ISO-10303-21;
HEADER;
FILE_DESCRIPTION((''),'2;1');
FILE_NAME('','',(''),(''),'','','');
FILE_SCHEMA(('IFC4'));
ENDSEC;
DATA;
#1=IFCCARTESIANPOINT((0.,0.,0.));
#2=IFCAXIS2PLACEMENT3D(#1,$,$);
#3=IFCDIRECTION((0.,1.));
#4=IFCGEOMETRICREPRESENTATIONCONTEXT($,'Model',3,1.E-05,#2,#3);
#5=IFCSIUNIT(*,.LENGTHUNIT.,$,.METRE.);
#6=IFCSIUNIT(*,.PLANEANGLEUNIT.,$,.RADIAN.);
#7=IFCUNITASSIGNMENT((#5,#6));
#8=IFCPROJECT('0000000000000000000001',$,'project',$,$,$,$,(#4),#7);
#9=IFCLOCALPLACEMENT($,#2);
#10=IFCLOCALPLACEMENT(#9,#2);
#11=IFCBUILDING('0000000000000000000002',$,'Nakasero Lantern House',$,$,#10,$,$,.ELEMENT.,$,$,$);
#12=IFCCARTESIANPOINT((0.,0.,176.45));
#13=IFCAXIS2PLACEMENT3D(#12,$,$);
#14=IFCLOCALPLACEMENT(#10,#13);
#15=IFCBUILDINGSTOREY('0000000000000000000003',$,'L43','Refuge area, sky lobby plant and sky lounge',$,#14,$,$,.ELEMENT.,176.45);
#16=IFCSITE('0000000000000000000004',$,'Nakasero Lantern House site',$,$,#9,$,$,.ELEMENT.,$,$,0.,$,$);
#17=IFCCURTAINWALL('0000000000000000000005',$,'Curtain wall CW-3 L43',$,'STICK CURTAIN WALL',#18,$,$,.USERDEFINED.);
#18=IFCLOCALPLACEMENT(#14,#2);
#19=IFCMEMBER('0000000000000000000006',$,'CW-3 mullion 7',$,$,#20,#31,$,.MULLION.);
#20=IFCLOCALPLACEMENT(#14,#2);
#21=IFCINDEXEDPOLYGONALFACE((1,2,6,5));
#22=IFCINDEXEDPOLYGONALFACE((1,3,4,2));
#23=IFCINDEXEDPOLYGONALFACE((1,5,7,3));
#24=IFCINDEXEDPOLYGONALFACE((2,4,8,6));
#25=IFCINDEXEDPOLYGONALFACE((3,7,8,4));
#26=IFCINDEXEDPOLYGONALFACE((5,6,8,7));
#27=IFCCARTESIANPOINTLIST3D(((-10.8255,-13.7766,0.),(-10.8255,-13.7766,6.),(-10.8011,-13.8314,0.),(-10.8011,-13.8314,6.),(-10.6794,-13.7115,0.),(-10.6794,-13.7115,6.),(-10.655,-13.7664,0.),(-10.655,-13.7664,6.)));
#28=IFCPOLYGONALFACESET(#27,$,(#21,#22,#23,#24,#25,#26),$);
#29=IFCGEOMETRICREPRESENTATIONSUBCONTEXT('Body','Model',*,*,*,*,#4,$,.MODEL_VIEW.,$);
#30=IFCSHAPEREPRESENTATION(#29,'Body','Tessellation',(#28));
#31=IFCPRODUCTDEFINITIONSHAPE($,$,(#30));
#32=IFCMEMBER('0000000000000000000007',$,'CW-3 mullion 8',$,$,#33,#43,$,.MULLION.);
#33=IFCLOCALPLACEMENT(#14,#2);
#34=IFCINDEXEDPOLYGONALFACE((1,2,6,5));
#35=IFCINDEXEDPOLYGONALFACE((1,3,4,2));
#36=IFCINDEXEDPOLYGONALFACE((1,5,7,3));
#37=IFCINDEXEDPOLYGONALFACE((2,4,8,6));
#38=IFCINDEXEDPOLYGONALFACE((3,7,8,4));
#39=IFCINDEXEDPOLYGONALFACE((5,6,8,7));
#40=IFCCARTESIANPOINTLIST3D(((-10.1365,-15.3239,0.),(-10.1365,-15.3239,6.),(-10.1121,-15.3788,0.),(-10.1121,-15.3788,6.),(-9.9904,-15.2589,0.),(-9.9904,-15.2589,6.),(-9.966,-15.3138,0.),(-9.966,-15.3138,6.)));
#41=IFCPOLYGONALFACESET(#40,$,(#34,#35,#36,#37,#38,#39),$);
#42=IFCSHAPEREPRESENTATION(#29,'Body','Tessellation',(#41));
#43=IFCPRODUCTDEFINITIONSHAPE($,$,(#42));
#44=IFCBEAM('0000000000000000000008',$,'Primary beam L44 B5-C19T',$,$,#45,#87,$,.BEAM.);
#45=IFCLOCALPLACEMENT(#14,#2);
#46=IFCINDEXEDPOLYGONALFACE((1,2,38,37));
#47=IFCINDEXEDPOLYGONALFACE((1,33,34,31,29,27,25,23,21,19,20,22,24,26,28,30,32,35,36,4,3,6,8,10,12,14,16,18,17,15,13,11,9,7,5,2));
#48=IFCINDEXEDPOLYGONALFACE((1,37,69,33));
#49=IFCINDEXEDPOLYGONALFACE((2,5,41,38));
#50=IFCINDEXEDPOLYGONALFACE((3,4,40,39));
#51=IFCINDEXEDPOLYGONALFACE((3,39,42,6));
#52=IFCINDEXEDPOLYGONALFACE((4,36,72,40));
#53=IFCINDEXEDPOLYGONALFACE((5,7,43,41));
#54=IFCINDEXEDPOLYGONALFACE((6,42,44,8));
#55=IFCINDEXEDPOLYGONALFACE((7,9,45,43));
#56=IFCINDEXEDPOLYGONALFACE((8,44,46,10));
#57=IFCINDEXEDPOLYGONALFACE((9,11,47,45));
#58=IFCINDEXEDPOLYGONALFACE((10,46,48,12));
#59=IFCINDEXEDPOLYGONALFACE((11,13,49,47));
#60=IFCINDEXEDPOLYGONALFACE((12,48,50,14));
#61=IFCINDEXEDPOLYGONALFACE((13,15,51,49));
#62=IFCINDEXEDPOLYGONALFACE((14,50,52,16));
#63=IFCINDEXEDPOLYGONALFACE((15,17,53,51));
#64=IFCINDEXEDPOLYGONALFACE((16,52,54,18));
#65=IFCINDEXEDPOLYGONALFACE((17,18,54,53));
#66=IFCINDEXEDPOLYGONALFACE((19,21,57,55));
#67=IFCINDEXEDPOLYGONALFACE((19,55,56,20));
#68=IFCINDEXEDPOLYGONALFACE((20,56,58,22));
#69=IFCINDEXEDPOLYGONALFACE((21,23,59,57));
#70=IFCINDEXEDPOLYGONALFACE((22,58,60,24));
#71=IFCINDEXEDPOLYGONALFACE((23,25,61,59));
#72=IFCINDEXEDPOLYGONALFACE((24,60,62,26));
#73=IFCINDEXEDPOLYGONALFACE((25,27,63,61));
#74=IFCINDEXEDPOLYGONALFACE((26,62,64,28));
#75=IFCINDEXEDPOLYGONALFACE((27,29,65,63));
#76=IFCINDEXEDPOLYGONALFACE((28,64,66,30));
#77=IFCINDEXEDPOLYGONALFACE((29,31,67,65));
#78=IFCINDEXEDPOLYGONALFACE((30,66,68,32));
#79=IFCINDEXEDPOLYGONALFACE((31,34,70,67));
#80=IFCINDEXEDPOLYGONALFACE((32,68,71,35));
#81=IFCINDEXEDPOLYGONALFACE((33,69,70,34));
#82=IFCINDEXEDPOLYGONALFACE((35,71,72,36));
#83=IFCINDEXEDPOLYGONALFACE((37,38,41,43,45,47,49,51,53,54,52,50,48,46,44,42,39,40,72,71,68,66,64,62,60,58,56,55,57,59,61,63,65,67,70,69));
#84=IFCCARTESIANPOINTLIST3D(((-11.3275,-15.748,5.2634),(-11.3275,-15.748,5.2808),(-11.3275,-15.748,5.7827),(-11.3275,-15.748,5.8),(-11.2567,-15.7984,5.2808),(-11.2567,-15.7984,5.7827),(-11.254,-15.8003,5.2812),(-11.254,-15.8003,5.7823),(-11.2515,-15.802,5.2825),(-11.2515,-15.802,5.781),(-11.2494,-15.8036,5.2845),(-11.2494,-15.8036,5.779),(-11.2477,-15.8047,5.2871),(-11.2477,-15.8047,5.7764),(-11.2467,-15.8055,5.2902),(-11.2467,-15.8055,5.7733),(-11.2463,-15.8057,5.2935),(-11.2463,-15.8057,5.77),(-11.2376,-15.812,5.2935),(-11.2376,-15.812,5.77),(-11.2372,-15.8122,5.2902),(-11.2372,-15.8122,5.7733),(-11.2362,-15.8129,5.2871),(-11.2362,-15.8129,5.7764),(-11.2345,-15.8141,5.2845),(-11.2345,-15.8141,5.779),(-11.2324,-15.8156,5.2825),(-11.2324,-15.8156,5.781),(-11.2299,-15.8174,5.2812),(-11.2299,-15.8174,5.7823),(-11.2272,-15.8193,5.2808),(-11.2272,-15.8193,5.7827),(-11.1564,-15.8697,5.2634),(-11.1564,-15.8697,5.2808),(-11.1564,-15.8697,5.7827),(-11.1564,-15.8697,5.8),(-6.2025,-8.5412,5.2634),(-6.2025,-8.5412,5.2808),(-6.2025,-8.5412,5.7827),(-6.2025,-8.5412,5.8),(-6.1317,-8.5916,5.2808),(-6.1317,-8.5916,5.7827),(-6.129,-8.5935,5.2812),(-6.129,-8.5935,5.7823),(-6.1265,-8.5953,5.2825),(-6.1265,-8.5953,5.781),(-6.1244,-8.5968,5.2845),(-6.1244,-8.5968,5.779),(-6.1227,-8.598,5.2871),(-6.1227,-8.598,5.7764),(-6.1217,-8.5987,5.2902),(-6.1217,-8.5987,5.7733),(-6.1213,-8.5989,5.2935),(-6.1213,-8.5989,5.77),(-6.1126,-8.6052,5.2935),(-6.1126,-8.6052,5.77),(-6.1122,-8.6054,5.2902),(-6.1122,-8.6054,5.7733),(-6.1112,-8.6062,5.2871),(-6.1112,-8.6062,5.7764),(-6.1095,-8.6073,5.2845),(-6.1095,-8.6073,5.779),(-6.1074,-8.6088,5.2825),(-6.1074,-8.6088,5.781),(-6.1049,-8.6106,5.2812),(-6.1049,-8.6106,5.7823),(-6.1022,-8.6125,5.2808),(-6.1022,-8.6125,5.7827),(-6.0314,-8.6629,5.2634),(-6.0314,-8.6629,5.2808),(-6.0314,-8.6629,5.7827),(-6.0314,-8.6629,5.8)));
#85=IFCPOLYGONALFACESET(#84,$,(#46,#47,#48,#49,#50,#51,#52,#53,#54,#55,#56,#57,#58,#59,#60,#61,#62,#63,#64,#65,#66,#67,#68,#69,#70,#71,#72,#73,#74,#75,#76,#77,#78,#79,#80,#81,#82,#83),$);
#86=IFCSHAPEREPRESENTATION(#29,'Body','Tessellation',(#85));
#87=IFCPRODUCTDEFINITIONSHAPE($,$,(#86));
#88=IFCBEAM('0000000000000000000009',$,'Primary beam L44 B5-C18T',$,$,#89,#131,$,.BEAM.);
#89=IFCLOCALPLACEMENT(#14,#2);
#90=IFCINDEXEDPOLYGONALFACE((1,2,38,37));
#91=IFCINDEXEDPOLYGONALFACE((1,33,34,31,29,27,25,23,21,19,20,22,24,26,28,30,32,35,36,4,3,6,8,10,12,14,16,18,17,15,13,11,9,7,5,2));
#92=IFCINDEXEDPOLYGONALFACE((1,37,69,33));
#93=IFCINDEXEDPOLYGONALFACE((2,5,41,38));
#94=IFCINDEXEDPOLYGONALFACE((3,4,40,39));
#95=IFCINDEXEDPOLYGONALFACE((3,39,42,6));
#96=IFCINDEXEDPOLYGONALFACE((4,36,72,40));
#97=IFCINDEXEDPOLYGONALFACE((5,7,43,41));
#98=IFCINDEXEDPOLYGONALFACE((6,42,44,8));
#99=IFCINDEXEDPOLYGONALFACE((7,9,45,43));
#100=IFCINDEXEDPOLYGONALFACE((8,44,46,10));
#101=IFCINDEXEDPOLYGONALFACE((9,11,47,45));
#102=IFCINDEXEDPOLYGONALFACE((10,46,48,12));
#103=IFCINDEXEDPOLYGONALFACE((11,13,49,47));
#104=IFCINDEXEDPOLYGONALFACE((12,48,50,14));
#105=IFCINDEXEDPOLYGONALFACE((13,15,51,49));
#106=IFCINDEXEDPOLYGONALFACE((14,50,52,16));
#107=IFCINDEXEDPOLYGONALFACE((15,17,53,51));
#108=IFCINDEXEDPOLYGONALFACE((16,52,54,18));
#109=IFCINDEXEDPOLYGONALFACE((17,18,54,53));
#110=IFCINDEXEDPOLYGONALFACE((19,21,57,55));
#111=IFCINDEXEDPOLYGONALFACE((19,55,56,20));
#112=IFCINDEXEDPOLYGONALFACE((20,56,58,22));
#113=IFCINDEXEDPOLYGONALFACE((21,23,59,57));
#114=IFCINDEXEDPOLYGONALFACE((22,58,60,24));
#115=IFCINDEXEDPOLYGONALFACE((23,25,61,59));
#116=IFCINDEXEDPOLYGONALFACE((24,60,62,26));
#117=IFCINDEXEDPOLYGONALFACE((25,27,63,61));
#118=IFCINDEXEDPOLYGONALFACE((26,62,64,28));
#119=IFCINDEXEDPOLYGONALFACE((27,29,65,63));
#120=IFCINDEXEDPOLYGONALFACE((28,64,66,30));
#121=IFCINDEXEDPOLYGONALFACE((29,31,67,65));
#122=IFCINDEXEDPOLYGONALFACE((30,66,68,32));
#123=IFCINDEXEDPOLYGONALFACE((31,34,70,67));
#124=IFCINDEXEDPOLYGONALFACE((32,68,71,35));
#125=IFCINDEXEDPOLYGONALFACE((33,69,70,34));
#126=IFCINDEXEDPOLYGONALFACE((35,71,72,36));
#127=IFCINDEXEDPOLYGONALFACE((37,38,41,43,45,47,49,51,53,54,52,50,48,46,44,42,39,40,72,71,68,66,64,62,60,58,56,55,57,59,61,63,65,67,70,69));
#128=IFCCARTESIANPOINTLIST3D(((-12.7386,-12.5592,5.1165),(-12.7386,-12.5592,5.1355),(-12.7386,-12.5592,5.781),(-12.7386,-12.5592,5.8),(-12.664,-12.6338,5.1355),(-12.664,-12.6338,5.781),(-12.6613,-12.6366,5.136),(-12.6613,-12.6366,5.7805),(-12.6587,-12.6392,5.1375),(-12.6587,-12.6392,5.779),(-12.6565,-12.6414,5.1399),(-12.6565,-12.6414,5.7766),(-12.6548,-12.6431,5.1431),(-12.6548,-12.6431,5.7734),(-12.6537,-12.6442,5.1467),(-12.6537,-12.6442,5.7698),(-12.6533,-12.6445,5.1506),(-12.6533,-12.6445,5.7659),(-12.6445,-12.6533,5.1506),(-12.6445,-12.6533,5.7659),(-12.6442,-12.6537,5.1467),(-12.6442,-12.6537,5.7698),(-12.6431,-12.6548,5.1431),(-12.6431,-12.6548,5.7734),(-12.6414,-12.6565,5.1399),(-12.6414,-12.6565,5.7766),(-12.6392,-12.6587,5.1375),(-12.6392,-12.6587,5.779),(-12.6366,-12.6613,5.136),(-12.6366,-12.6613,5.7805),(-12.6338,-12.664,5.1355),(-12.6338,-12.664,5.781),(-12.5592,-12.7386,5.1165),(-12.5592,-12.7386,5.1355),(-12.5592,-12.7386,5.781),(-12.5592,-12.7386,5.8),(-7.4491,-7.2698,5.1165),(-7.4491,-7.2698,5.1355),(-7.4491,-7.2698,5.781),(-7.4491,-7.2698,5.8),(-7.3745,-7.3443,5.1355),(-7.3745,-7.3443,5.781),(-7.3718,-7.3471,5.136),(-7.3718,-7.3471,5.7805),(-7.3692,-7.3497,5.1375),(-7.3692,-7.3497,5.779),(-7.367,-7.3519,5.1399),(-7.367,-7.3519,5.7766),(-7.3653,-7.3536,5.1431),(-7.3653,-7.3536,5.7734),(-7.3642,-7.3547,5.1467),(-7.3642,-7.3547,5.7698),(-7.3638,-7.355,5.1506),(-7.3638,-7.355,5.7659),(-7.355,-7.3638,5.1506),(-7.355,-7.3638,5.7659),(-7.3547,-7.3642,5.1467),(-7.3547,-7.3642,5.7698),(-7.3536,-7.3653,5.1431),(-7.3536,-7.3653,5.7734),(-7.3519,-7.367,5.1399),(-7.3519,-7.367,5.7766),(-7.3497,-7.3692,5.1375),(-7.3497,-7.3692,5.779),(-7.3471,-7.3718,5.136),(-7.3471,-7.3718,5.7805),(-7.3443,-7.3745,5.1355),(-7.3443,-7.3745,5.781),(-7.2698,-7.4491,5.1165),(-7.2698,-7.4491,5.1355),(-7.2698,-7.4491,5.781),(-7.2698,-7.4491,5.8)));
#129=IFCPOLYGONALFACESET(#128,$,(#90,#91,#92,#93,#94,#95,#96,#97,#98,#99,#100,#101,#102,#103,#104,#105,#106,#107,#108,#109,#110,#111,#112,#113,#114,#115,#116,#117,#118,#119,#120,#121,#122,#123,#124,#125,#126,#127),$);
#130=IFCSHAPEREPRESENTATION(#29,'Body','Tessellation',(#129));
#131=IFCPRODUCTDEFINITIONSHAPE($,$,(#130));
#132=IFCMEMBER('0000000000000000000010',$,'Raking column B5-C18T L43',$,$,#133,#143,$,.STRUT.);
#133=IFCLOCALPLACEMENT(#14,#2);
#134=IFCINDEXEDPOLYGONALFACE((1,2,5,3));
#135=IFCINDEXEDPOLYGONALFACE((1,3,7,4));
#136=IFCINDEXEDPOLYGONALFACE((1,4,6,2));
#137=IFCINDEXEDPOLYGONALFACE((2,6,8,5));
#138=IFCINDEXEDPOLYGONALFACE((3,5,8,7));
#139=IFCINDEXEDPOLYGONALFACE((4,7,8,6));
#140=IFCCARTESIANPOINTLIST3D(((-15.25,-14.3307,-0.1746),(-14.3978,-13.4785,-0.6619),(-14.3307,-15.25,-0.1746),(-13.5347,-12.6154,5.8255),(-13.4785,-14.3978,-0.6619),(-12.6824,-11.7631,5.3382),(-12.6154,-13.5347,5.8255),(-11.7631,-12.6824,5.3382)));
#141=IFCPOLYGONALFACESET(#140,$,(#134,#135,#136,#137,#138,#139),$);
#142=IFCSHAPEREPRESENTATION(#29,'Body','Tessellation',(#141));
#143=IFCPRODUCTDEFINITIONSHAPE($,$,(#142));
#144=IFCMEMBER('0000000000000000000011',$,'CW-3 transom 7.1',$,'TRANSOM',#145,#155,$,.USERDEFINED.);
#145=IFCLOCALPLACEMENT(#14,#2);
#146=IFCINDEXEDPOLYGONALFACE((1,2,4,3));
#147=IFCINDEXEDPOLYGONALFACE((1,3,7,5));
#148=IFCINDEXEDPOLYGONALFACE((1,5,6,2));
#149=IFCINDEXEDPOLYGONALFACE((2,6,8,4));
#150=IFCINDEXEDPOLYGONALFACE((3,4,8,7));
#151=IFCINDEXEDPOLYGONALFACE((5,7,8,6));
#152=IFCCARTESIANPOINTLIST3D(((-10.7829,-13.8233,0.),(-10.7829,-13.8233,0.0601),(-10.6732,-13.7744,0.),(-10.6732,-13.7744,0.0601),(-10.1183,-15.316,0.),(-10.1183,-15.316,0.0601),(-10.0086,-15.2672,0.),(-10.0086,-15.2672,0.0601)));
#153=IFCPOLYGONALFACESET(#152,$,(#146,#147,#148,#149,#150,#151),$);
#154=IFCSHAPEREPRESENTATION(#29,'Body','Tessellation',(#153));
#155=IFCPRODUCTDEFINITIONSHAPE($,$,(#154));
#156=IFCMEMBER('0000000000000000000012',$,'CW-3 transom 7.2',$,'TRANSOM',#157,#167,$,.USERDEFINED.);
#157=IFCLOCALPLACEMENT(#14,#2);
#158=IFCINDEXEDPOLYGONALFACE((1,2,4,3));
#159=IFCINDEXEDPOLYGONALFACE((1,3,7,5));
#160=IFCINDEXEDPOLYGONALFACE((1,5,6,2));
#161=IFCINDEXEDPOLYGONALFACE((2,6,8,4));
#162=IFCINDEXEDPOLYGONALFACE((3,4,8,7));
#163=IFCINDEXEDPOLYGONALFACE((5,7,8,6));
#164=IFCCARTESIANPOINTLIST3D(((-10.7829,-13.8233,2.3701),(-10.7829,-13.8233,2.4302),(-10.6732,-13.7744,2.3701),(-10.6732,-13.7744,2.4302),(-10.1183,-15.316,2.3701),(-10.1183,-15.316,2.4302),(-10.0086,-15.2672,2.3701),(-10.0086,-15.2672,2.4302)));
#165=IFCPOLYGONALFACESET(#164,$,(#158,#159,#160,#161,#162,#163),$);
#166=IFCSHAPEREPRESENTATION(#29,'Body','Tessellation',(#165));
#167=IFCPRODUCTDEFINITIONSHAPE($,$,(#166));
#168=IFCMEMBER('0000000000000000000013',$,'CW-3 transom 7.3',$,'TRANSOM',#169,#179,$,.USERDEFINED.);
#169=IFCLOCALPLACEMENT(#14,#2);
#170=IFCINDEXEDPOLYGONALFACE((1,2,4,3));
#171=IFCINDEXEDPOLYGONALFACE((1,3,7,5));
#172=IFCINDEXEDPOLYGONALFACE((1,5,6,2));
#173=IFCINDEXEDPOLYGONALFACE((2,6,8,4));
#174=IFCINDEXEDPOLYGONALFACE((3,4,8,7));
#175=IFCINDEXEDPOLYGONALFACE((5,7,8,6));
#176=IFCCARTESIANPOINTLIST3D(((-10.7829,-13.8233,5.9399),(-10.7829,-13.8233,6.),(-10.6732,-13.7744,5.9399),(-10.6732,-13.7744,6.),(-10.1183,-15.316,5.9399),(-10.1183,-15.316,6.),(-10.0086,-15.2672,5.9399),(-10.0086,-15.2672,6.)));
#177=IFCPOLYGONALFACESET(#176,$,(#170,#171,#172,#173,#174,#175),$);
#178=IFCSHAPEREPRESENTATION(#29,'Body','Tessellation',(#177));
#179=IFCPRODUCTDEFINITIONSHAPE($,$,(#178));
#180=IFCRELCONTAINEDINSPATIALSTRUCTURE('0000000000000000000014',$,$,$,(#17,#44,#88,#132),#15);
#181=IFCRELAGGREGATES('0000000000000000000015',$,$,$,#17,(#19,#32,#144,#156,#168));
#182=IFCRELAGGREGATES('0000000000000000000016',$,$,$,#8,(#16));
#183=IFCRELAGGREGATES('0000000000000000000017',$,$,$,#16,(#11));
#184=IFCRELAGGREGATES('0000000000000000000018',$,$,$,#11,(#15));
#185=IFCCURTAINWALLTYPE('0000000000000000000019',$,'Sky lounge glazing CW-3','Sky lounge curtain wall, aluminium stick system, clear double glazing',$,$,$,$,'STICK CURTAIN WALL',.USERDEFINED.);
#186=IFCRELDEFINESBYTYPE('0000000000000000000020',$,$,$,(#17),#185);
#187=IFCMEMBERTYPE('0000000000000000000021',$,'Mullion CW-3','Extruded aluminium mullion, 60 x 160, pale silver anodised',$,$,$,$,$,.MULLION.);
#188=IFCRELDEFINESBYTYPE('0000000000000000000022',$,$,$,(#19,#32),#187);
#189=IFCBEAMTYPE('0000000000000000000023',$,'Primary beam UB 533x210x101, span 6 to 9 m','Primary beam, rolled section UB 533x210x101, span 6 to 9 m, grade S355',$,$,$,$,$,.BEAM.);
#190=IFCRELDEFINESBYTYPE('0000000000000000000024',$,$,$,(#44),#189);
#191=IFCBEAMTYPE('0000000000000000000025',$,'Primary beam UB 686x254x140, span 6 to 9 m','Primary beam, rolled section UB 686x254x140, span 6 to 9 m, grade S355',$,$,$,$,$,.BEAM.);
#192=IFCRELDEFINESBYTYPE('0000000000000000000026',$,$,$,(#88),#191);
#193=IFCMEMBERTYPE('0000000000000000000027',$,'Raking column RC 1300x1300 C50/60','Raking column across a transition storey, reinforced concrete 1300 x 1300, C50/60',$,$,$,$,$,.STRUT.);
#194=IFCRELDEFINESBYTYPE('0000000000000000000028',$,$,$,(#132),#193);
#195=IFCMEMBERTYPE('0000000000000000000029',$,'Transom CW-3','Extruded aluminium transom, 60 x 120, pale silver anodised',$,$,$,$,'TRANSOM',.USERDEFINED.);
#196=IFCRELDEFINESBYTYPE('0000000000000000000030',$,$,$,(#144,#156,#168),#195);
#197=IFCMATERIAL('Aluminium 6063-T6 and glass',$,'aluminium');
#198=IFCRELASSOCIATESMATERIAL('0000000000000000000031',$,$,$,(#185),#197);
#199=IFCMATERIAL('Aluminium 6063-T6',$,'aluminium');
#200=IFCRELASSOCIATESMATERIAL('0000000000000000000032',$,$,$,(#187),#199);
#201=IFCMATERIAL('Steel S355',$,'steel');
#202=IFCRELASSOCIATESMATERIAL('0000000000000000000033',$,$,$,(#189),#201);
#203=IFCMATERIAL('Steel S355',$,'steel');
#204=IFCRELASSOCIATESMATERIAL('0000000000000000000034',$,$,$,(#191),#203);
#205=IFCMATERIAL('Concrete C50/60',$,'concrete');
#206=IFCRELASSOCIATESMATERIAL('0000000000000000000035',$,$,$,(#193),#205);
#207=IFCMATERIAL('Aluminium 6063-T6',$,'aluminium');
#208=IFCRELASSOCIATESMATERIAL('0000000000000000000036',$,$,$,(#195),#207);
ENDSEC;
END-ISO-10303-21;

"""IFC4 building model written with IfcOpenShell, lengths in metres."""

from ifc_helpers import new_model, si_unit, direction, frame, origin, origin_2d, place, context, subcontext, project, spatial, rectangle, i_section, extrude, material, material_profile, profile_set, type_object, element, aggregate, save


model = new_model("IFC4")

# Units and contexts
model_context = context("Model", 3, precision=1e-05, world=origin(), true_north=direction((0.0, 1.0)))
body_context = subcontext(model_context, "Body", "Model", "MODEL_VIEW")
ifc_project = project(units=[si_unit("LENGTHUNIT", "METRE"), si_unit("PLANEANGLEUNIT", "RADIAN")], contexts=[model_context])

# Site, building, storey
site_placement = place(None, origin())
site = spatial("IfcSite", under=ifc_project, at=site_placement, Name="Nakasero Lantern House site", CompositionType="ELEMENT", RefElevation=0.0)
building_placement = place(site_placement, origin())
building = spatial("IfcBuilding", under=site, at=building_placement, Name="Nakasero Lantern House", CompositionType="ELEMENT")
storey_placement = place(building_placement, frame((0.0, 0.0, 176.45)))
storey = spatial("IfcBuildingStorey", under=building, at=storey_placement, Name="L43", Description="Refuge area, sky lobby plant and sky lounge", CompositionType="ELEMENT", Elevation=176.45)

# Curtain wall, members
ifc_material_1 = material(Name="Aluminium 6063-T6 and glass", Category="aluminium")
curtain_wall_type = type_object("IfcCurtainWallType", Name="Sky lounge glazing CW-3", Description="Sky lounge curtain wall, aluminium stick system, clear double glazing", ElementType="STICK CURTAIN WALL", PredefinedType="USERDEFINED", material=ifc_material_1)
curtain_wall_placement = place(storey_placement, origin())
curtain_wall = element("IfcCurtainWall", 1, at=curtain_wall_placement, inside=storey, type_object=curtain_wall_type, Name="Curtain wall CW-3 L43", ObjectType="STICK CURTAIN WALL", PredefinedType="USERDEFINED")
ifc_material_2 = material(Name="Aluminium 6063-T6", Category="aluminium")
ifc_material_profile_1 = material_profile(ifc_material_2, rectangle(XDim=0.0601, YDim=0.1599, at=origin_2d()), Name="CW-3 mullion 60x160")
ifc_profile_set_1 = profile_set([ifc_material_profile_1], Name="Aluminium 6063-T6")
member_type_1 = type_object("IfcMemberType", Name="Mullion CW-3", Description="Extruded aluminium mullion, 60 x 160, pale silver anodised", PredefinedType="MULLION", material=ifc_profile_set_1)
member_1_placement = place(storey_placement, frame((-10.7402, -13.7715, 0.0), z_axis=(0.0, 0.0, 1.0), x_axis=(0.406737, -0.913545, 0.0)))
member_1 = element("IfcMember", 2, at=member_1_placement, type_object=member_type_1, Name="CW-3 mullion 7", PredefinedType="MULLION", context=body_context, shape_type="SweptSolid", body=[
    extrude(rectangle(XDim=0.0601, YDim=0.1599, at=origin_2d()), origin(), (0.0, 0.0, 1.0), 6.0),
])
member_2_placement = place(storey_placement, frame((-10.0513, -15.3188, 0.0), z_axis=(0.0, 0.0, 1.0), x_axis=(0.406737, -0.913545, 0.0)))
member_2 = element("IfcMember", 3, at=member_2_placement, type_object=member_type_1, Name="CW-3 mullion 8", PredefinedType="MULLION", context=body_context, shape_type="SweptSolid", body=[
    extrude(rectangle(XDim=0.0601, YDim=0.1599, at=origin_2d()), origin(), (0.0, 0.0, 1.0), 6.0),
])

# Beams
ifc_material_3 = material(Name="Steel S355", Category="steel")
ifc_material_profile_2 = material_profile(ifc_material_3, i_section(OverallWidth=0.21, OverallDepth=0.5366, WebThickness=0.0107, FlangeThickness=0.0173, FilletRadius=0.0127, at=origin_2d()), Name="UB 533x210x101")
ifc_profile_set_2 = profile_set([ifc_material_profile_2], Name="Steel S355")
beam_type_1 = type_object("IfcBeamType", Name="Primary beam UB 533x210x101, span 6 to 9 m", Description="Primary beam, rolled section UB 533x210x101, span 6 to 9 m, grade S355", PredefinedType="BEAM", material=ifc_profile_set_2)
beam_1_placement = place(storey_placement, frame((-11.2419, -15.8088, 5.5317), z_axis=(0.579537, 0.814946, 0.0), x_axis=(-0.814946, 0.579537, 0.0)))
element("IfcBeam", 4, at=beam_1_placement, inside=storey, type_object=beam_type_1, Name="Primary beam L44 B5-C19T", PredefinedType="BEAM", context=body_context, shape_type="SweptSolid", body=[
    extrude(i_section(OverallWidth=0.21, OverallDepth=0.5366, WebThickness=0.0107, FlangeThickness=0.0173, FilletRadius=0.0127, at=origin_2d()), origin(), (0.0, 0.0, 1.0), 8.8433),
])
ifc_material_4 = material(Name="Steel S355", Category="steel")
ifc_material_profile_3 = material_profile(ifc_material_4, i_section(OverallWidth=0.2537, OverallDepth=0.6836, WebThickness=0.0125, FlangeThickness=0.019, FilletRadius=0.0151, at=origin_2d()), Name="UB 686x254x140")
ifc_profile_set_3 = profile_set([ifc_material_profile_3], Name="Steel S355")
beam_type_2 = type_object("IfcBeamType", Name="Primary beam UB 686x254x140, span 6 to 9 m", Description="Primary beam, rolled section UB 686x254x140, span 6 to 9 m, grade S355", PredefinedType="BEAM", material=ifc_profile_set_3)
beam_2_placement = place(storey_placement, frame((-12.6489, -12.6489, 5.4583), z_axis=(0.707107, 0.707107, 0.0), x_axis=(-0.707107, 0.707107, 0.0)))
element("IfcBeam", 5, at=beam_2_placement, inside=storey, type_object=beam_type_2, Name="Primary beam L44 B5-C18T", PredefinedType="BEAM", context=body_context, shape_type="SweptSolid", body=[
    extrude(i_section(OverallWidth=0.2537, OverallDepth=0.6836, WebThickness=0.0125, FlangeThickness=0.019, FilletRadius=0.0151, at=origin_2d()), origin(), (0.0, 0.0, 1.0), 7.4805),
])

# Members
ifc_material_5 = material(Name="Concrete C50/60", Category="concrete")
ifc_material_profile_4 = material_profile(ifc_material_5, rectangle(XDim=1.3, YDim=1.3, at=origin_2d()), Name="RC 1300x1300")
ifc_profile_set_4 = profile_set([ifc_material_profile_4], Name="Concrete C50/60")
member_type_2 = type_object("IfcMemberType", Name="Raking column RC 1300x1300 C50/60", Description="Raking column across a transition storey, reinforced concrete 1300 x 1300, C50/60", PredefinedType="STRUT", material=ifc_profile_set_4)
member_3_placement = place(storey_placement, frame((-14.3643, -14.3643, -0.4182), z_axis=(0.265045, 0.265045, 0.927093), x_axis=(-0.707107, 0.707107, 0.0)))
element("IfcMember", 6, at=member_3_placement, inside=storey, type_object=member_type_2, Name="Raking column B5-C18T L43", PredefinedType="STRUT", context=body_context, shape_type="SweptSolid", body=[
    extrude(rectangle(XDim=1.3, YDim=1.3, at=origin_2d()), origin(), (0.0, 0.0, 1.0), 6.4719),
])
ifc_material_6 = material(Name="Aluminium 6063-T6", Category="aluminium")
ifc_material_profile_5 = material_profile(ifc_material_6, rectangle(XDim=0.0601, YDim=0.1201, at=origin_2d()), Name="CW-3 transom 60x120")
ifc_profile_set_5 = profile_set([ifc_material_profile_5], Name="Aluminium 6063-T6")
member_type_3 = type_object("IfcMemberType", Name="Transom CW-3", Description="Extruded aluminium transom, 60 x 120, pale silver anodised", ElementType="TRANSOM", PredefinedType="USERDEFINED", material=ifc_profile_set_5)
member_4_placement = place(storey_placement, frame((-10.728, -13.7988, 0.03), z_axis=(0.406721, -0.913553, 0.0), x_axis=(0.0, 0.0, 1.0)))
member_4 = element("IfcMember", 7, at=member_4_placement, type_object=member_type_3, Name="CW-3 transom 7.1", ObjectType="TRANSOM", PredefinedType="USERDEFINED", context=body_context, shape_type="SweptSolid", body=[
    extrude(rectangle(XDim=0.0601, YDim=0.1201, at=origin_2d()), origin(), (0.0, 0.0, 1.0), 1.634),
])
member_5_placement = place(storey_placement, frame((-10.728, -13.7988, 2.4001), z_axis=(0.406721, -0.913553, 0.0), x_axis=(0.0, 0.0, 1.0)))
member_5 = element("IfcMember", 8, at=member_5_placement, type_object=member_type_3, Name="CW-3 transom 7.2", ObjectType="TRANSOM", PredefinedType="USERDEFINED", context=body_context, shape_type="SweptSolid", body=[
    extrude(rectangle(XDim=0.0601, YDim=0.1201, at=origin_2d()), origin(), (0.0, 0.0, 1.0), 1.634),
])
member_6_placement = place(storey_placement, frame((-10.728, -13.7988, 5.97), z_axis=(0.406721, -0.913553, 0.0), x_axis=(0.0, 0.0, 1.0)))
member_6 = element("IfcMember", 9, at=member_6_placement, type_object=member_type_3, Name="CW-3 transom 7.3", ObjectType="TRANSOM", PredefinedType="USERDEFINED", context=body_context, shape_type="SweptSolid", body=[
    extrude(rectangle(XDim=0.0601, YDim=0.1201, at=origin_2d()), origin(), (0.0, 0.0, 1.0), 1.634),
])

aggregate(curtain_wall, [member_1, member_2, member_4, member_5, member_6])

save(model, "model.ifc")
